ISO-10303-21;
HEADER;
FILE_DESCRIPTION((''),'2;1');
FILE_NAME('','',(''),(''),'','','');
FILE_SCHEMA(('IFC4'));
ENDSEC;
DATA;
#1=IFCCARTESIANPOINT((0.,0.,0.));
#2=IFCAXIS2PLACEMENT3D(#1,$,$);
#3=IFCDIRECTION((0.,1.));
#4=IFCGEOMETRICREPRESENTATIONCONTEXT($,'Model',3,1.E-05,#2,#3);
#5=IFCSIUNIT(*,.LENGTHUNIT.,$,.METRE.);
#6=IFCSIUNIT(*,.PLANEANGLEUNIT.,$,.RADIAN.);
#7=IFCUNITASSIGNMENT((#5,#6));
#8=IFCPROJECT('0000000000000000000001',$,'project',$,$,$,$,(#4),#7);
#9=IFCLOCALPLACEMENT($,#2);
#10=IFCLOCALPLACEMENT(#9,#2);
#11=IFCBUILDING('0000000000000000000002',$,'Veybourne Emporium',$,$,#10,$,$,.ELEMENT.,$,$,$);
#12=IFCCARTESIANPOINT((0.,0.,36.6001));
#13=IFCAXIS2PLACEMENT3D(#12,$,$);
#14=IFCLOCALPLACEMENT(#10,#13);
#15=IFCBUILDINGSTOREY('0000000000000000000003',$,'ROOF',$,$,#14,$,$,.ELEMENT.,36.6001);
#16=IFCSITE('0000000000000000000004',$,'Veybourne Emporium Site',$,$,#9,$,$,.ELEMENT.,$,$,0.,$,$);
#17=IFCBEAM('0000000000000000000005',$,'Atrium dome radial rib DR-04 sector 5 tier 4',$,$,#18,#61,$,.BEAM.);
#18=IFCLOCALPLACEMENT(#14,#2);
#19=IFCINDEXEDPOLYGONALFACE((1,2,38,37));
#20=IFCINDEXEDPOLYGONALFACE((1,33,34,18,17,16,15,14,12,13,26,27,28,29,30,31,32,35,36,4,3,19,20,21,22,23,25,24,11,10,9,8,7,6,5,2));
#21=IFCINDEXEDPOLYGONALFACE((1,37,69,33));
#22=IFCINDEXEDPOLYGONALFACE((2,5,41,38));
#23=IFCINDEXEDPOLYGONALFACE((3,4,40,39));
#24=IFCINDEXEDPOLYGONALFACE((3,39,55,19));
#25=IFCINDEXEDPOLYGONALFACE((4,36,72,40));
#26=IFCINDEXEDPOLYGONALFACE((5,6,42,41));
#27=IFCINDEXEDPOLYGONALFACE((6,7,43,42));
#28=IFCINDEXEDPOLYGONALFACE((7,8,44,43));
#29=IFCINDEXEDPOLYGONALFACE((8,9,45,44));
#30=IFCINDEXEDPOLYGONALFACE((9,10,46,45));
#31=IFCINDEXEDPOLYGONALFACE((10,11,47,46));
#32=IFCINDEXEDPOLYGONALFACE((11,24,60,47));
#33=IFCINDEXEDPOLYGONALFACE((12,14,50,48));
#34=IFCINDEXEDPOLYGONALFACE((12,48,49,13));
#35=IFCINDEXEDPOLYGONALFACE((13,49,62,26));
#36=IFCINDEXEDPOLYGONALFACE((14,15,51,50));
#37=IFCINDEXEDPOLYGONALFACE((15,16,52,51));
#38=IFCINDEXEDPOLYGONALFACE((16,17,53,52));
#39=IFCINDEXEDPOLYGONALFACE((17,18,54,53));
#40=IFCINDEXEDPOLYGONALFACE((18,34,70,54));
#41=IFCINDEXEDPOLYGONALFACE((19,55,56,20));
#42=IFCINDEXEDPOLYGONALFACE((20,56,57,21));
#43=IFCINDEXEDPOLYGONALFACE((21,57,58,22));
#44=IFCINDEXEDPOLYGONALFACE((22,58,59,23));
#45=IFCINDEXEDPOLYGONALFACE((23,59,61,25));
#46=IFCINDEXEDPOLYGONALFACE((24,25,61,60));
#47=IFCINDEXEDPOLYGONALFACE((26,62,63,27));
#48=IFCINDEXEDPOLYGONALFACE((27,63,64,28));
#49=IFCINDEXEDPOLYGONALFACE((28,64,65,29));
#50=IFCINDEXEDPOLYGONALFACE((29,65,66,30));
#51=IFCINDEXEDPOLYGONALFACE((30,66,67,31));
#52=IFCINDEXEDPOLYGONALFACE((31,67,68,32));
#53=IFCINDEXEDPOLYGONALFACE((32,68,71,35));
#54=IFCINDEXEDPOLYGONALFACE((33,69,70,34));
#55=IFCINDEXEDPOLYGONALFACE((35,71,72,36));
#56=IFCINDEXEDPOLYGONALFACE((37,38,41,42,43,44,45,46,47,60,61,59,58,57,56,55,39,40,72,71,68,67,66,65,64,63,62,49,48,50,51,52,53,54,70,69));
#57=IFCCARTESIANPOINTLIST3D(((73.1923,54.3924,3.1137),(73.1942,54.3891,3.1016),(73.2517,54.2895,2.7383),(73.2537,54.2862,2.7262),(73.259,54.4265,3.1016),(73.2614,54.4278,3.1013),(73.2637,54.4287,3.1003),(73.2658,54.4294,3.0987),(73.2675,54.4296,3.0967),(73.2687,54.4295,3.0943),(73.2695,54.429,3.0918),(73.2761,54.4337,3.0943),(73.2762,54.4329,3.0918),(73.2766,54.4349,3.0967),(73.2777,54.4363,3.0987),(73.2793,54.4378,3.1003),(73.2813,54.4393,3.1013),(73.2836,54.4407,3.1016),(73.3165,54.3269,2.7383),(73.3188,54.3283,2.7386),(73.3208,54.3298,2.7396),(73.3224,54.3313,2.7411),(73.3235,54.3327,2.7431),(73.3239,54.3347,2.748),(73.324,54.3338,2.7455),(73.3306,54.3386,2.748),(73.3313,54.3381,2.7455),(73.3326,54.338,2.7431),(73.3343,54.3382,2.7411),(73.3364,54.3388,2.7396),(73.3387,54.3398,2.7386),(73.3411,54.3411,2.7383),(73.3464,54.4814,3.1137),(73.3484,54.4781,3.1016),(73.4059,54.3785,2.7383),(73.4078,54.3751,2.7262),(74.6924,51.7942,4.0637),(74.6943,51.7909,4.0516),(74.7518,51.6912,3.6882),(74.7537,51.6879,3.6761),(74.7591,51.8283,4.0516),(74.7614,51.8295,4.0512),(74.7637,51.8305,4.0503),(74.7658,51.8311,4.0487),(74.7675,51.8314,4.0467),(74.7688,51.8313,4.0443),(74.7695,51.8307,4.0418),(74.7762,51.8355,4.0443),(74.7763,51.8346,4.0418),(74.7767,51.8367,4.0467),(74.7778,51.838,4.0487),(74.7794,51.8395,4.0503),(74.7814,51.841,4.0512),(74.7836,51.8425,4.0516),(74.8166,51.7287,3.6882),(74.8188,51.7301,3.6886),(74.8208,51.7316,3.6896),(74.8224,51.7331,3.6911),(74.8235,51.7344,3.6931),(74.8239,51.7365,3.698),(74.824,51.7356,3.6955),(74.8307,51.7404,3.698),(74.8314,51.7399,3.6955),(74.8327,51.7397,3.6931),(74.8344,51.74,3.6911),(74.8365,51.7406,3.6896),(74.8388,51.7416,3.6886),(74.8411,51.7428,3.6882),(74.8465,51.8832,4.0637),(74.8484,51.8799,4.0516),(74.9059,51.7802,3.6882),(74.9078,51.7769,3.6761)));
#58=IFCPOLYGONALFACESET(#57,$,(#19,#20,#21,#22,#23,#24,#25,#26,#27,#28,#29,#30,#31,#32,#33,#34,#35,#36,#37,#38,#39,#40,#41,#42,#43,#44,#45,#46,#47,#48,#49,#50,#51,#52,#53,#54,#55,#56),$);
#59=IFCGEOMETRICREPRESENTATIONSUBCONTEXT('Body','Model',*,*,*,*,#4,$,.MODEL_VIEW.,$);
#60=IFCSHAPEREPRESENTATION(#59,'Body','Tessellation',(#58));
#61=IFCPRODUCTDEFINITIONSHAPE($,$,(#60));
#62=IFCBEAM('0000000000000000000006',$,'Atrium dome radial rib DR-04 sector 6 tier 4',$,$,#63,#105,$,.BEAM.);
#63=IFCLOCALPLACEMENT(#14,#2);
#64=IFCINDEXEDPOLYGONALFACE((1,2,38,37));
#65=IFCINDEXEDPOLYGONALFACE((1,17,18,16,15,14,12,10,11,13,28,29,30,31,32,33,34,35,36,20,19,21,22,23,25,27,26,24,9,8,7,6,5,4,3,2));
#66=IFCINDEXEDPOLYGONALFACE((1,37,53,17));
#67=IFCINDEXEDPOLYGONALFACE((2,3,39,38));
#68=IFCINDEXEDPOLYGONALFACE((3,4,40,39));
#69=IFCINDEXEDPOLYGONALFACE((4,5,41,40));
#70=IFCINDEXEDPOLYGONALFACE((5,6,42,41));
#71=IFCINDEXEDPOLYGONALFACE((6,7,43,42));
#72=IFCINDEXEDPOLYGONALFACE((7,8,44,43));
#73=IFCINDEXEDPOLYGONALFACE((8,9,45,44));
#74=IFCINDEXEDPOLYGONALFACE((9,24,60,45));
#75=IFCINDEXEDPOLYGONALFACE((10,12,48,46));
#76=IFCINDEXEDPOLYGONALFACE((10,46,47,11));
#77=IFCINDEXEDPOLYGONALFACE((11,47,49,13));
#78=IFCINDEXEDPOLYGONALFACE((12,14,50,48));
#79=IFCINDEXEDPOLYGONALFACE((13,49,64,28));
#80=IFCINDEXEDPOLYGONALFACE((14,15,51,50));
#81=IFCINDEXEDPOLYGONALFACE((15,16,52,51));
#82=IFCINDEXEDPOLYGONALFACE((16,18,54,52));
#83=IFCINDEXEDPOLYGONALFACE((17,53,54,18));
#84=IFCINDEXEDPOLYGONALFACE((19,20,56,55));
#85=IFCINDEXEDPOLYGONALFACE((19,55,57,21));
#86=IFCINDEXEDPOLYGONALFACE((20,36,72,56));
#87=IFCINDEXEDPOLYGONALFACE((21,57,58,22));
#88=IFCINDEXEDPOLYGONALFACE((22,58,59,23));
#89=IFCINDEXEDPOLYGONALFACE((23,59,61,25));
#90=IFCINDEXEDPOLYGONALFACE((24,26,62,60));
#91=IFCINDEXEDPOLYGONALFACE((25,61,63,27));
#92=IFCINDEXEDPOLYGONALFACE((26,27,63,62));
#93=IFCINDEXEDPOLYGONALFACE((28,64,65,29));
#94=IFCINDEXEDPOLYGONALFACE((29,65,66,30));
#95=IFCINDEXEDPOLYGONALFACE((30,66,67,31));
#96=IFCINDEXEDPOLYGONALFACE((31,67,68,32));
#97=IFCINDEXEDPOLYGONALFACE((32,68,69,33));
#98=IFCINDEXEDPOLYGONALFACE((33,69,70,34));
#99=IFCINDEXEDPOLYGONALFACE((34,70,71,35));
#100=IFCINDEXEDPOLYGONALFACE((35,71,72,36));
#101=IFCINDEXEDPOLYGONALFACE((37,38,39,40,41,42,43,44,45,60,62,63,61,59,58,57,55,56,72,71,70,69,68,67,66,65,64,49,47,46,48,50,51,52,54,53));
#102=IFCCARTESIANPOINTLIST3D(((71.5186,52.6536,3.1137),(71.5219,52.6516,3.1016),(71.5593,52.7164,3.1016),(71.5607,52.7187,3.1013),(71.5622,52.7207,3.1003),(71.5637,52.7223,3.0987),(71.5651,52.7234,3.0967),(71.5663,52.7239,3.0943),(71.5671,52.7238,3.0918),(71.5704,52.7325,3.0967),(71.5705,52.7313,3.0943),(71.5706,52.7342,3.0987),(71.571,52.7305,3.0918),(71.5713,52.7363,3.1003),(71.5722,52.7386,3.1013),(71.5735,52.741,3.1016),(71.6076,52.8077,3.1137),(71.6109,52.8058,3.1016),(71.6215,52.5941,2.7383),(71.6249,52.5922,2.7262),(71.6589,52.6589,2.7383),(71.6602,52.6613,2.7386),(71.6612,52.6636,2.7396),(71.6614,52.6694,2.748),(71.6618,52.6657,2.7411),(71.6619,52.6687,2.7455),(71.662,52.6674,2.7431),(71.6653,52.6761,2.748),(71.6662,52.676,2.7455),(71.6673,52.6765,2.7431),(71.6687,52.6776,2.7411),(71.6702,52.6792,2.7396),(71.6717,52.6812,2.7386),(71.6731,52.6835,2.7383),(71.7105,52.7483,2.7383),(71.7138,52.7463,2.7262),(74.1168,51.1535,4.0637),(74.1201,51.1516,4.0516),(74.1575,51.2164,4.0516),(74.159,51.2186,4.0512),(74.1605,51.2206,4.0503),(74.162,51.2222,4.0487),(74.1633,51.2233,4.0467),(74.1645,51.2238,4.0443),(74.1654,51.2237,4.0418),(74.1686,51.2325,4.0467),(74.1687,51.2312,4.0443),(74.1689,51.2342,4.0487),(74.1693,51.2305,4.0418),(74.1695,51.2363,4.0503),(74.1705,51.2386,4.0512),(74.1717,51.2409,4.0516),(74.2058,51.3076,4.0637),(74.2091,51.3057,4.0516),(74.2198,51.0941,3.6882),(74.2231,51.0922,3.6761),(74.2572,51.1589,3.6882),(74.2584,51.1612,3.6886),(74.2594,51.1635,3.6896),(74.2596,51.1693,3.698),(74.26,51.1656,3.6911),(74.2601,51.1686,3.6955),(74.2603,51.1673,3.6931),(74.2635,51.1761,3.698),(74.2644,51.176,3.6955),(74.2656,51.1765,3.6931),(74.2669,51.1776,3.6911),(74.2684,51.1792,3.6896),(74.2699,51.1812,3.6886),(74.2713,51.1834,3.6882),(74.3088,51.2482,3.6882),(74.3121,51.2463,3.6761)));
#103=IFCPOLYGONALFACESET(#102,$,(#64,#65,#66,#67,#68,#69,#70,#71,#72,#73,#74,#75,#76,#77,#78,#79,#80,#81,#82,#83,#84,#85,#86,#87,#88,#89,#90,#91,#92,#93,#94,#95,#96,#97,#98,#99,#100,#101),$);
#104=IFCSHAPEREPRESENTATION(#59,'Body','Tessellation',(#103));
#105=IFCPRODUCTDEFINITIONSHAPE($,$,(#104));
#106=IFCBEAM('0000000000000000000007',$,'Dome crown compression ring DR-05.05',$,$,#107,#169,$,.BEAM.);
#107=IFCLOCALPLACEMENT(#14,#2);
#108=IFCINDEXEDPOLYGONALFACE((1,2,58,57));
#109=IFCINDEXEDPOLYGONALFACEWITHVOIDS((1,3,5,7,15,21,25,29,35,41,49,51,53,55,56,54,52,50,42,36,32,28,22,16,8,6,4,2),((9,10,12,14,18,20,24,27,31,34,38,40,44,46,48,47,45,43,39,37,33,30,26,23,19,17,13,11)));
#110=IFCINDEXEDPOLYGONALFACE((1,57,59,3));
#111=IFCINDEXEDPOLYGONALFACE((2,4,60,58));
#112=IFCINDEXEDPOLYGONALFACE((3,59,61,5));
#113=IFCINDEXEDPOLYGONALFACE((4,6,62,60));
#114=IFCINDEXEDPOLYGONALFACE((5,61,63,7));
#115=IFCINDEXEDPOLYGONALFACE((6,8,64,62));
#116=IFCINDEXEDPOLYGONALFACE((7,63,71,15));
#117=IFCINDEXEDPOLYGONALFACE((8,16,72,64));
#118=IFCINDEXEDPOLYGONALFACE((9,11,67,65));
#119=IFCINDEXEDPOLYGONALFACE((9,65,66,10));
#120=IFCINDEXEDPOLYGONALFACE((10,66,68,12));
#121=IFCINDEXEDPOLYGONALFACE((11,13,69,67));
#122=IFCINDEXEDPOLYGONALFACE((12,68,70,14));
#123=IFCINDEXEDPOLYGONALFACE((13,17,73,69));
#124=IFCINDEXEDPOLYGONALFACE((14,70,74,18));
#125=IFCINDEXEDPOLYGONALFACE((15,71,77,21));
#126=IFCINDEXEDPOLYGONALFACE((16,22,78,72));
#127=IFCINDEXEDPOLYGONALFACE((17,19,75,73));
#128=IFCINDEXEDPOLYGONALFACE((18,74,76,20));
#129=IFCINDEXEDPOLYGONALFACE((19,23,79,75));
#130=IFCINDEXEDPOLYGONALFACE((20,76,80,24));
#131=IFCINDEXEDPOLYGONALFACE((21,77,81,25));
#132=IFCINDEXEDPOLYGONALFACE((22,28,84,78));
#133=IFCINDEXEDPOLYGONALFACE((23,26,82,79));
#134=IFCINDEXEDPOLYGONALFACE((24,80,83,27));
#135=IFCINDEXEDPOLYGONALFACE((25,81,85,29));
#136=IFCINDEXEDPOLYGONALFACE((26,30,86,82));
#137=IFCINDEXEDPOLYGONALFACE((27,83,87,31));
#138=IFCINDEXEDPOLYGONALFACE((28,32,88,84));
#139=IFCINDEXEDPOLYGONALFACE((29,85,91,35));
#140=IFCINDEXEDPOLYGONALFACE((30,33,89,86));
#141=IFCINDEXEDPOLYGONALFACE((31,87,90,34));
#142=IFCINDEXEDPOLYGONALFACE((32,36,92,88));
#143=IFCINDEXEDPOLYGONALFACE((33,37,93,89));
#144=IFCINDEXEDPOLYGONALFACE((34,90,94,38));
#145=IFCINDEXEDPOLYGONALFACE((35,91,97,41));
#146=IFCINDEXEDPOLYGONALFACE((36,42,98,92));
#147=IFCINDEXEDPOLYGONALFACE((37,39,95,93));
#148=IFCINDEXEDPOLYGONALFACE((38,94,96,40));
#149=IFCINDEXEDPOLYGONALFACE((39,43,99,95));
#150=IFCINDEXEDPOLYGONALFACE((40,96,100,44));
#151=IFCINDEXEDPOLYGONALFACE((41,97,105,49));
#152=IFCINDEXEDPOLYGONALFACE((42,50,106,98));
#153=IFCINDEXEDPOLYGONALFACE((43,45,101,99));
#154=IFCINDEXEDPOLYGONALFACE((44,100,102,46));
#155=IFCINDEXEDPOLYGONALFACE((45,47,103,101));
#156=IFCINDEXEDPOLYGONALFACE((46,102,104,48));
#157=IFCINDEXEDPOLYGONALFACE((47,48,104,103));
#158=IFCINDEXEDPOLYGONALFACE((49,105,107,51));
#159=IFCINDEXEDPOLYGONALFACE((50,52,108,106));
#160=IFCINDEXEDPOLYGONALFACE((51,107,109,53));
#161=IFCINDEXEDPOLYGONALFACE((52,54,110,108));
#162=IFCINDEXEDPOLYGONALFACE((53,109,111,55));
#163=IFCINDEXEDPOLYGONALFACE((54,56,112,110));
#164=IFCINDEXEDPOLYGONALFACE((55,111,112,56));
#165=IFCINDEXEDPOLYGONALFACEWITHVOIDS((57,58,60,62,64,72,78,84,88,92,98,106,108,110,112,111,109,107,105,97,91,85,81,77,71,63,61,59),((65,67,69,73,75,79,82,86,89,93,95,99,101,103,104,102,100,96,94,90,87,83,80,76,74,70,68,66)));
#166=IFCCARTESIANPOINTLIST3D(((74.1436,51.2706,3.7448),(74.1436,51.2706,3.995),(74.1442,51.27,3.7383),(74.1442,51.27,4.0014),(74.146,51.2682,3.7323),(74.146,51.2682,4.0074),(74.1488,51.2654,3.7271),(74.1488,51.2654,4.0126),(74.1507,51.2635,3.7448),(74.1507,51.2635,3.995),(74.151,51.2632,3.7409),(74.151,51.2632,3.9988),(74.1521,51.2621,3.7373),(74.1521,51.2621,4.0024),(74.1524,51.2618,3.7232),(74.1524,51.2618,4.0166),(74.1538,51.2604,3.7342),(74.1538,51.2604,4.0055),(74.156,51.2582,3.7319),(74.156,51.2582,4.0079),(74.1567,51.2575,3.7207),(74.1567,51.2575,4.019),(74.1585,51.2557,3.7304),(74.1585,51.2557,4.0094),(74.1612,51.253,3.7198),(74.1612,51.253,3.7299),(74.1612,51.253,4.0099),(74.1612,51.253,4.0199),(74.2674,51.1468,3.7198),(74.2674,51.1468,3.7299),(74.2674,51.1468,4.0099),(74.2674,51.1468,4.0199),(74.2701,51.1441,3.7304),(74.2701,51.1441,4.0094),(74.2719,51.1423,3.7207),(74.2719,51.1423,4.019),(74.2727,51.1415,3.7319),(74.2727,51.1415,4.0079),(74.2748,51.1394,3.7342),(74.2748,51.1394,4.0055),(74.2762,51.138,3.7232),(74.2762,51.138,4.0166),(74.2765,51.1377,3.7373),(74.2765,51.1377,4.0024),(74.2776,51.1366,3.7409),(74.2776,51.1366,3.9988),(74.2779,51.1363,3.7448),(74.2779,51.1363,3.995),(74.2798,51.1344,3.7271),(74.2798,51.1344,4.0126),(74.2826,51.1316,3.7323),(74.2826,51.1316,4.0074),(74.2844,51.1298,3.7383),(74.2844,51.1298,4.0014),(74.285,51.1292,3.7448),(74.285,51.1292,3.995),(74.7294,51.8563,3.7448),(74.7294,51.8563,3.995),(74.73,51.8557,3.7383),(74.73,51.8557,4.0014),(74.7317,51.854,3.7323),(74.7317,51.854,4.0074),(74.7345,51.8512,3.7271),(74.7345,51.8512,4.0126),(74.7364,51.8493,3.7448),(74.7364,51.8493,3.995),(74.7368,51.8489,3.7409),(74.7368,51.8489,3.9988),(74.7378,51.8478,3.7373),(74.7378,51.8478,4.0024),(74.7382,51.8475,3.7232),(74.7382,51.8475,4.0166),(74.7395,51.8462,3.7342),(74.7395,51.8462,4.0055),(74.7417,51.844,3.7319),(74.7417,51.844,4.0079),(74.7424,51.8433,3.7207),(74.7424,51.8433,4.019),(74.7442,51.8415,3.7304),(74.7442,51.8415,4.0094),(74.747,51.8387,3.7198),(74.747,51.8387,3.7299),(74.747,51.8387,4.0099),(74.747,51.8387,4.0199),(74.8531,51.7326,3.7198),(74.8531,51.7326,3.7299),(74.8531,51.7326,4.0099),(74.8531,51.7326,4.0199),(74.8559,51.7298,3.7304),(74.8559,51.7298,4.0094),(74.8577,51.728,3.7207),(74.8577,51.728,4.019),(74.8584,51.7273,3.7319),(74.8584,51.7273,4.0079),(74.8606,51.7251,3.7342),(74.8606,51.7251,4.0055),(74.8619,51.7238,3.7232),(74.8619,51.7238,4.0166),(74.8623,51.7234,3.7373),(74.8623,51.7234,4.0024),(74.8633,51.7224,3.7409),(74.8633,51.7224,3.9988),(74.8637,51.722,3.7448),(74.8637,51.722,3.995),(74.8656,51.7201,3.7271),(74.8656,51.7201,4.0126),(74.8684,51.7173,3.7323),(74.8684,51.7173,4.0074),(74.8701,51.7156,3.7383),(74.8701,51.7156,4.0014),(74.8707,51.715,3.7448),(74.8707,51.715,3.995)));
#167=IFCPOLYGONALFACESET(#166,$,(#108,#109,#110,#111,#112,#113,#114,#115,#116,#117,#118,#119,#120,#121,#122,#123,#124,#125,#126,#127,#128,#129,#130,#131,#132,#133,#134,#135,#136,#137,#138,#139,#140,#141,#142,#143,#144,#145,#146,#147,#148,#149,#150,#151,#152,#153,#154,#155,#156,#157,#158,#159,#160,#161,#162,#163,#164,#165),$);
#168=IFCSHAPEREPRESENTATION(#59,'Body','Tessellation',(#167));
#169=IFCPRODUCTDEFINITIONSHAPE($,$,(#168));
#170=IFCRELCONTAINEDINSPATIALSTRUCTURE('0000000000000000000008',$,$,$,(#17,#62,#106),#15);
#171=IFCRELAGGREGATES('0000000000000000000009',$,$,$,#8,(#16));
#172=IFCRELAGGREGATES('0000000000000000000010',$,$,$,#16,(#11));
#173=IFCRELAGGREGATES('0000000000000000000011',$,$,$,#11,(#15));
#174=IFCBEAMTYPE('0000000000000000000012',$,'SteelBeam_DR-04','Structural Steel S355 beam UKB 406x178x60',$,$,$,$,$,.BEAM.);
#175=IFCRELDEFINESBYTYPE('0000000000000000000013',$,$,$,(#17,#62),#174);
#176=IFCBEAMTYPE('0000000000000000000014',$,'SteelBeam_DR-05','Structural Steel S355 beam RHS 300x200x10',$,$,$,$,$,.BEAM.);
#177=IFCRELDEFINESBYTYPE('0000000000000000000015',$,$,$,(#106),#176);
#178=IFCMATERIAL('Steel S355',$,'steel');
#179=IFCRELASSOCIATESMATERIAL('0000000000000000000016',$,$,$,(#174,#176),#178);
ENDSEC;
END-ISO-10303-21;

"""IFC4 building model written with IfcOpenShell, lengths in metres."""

from ifc_helpers import new_model, si_unit, direction, frame, origin, origin_2d, place, context, subcontext, project, spatial, hollow_rectangle, i_section, extrude, material, material_profile, profile_set, type_object, element, save


model = new_model("IFC4")

# Units and contexts
model_context = context("Model", 3, precision=1e-05, world=origin(), true_north=direction((0.0, 1.0)))
body_context = subcontext(model_context, "Body", "Model", "MODEL_VIEW")
ifc_project = project(units=[si_unit("LENGTHUNIT", "METRE"), si_unit("PLANEANGLEUNIT", "RADIAN")], contexts=[model_context])

# Site, building, storey
site_placement = place(None, origin())
site = spatial("IfcSite", under=ifc_project, at=site_placement, Name="Veybourne Emporium Site", CompositionType="ELEMENT", RefElevation=0.0)
building_placement = place(site_placement, origin())
building = spatial("IfcBuilding", under=site, at=building_placement, Name="Veybourne Emporium", CompositionType="ELEMENT")
storey_placement = place(building_placement, frame((0.0, 0.0, 36.6001)))
storey = spatial("IfcBuildingStorey", under=building, at=storey_placement, Name="ROOF", CompositionType="ELEMENT", Elevation=36.6001)

# Beams
ifc_material_1 = material(Name="Steel S355", Category="steel")
ifc_material_profile_1 = material_profile(ifc_material_1, i_section(OverallWidth=0.178, OverallDepth=0.4065, WebThickness=0.0078, FlangeThickness=0.0127, FilletRadius=0.0103, at=origin_2d()), Name="UKB 406x178x60")
ifc_profile_set_1 = profile_set([ifc_material_profile_1], Name="Steel S355")
beam_type_1 = type_object("IfcBeamType", Name="SteelBeam_DR-04", Description="Structural Steel S355 beam UKB 406x178x60", PredefinedType="BEAM", material=ifc_profile_set_1)
for number, where, z_axis, x_axis, name in (
    (1, (73.3, 54.3838, 2.9199), (0.476665, -0.825629, 0.301872), (0.866031, 0.49999, 0.0), "Atrium dome radial rib DR-04 sector 5 tier 4"),
    (2, (71.6162, 52.7, 2.9199), (0.825629, -0.476665, 0.301872), (0.49999, 0.866031, 0.0), "Atrium dome radial rib DR-04 sector 6 tier 4"),
):
    element("IfcBeam", number, at=place(storey_placement, frame(where, z_axis=z_axis, x_axis=x_axis)), inside=storey, type_object=beam_type_1, Name=name, PredefinedType="BEAM", context=body_context, shape_type="SweptSolid", body=[
        extrude(i_section(OverallWidth=0.178, OverallDepth=0.4065, WebThickness=0.0078, FlangeThickness=0.0127, FilletRadius=0.0103, at=origin_2d()), origin(), (0.0, 0.0, 1.0), 3.147),
    ])
ifc_material_profile_2 = material_profile(ifc_material_1, hollow_rectangle(XDim=0.2, YDim=0.3, WallThickness=0.01, InnerFilletRadius=0.0149, OuterFilletRadius=0.0249, at=origin_2d()), Name="RHS 300x200x10")
ifc_profile_set_2 = profile_set([ifc_material_profile_2], Name="Steel S355")
beam_type_2 = type_object("IfcBeamType", Name="SteelBeam_DR-05", Description="Structural Steel S355 beam RHS 300x200x10", PredefinedType="BEAM", material=ifc_profile_set_2)
beam_1_placement = place(storey_placement, frame((74.8, 51.7856, 3.8699), z_axis=(-0.707107, -0.707107, 0.0), x_axis=(0.707107, -0.707107, 0.0)))
element("IfcBeam", 3, at=beam_1_placement, inside=storey, type_object=beam_type_2, Name="Dome crown compression ring DR-05.05", PredefinedType="BEAM", context=body_context, shape_type="SweptSolid", body=[
    extrude(hollow_rectangle(XDim=0.2, YDim=0.3, WallThickness=0.01, InnerFilletRadius=0.0149, OuterFilletRadius=0.0249, at=origin_2d()), origin(), (0.0, 0.0, 1.0), 0.8284),
])

save(model, "model.ifc")
